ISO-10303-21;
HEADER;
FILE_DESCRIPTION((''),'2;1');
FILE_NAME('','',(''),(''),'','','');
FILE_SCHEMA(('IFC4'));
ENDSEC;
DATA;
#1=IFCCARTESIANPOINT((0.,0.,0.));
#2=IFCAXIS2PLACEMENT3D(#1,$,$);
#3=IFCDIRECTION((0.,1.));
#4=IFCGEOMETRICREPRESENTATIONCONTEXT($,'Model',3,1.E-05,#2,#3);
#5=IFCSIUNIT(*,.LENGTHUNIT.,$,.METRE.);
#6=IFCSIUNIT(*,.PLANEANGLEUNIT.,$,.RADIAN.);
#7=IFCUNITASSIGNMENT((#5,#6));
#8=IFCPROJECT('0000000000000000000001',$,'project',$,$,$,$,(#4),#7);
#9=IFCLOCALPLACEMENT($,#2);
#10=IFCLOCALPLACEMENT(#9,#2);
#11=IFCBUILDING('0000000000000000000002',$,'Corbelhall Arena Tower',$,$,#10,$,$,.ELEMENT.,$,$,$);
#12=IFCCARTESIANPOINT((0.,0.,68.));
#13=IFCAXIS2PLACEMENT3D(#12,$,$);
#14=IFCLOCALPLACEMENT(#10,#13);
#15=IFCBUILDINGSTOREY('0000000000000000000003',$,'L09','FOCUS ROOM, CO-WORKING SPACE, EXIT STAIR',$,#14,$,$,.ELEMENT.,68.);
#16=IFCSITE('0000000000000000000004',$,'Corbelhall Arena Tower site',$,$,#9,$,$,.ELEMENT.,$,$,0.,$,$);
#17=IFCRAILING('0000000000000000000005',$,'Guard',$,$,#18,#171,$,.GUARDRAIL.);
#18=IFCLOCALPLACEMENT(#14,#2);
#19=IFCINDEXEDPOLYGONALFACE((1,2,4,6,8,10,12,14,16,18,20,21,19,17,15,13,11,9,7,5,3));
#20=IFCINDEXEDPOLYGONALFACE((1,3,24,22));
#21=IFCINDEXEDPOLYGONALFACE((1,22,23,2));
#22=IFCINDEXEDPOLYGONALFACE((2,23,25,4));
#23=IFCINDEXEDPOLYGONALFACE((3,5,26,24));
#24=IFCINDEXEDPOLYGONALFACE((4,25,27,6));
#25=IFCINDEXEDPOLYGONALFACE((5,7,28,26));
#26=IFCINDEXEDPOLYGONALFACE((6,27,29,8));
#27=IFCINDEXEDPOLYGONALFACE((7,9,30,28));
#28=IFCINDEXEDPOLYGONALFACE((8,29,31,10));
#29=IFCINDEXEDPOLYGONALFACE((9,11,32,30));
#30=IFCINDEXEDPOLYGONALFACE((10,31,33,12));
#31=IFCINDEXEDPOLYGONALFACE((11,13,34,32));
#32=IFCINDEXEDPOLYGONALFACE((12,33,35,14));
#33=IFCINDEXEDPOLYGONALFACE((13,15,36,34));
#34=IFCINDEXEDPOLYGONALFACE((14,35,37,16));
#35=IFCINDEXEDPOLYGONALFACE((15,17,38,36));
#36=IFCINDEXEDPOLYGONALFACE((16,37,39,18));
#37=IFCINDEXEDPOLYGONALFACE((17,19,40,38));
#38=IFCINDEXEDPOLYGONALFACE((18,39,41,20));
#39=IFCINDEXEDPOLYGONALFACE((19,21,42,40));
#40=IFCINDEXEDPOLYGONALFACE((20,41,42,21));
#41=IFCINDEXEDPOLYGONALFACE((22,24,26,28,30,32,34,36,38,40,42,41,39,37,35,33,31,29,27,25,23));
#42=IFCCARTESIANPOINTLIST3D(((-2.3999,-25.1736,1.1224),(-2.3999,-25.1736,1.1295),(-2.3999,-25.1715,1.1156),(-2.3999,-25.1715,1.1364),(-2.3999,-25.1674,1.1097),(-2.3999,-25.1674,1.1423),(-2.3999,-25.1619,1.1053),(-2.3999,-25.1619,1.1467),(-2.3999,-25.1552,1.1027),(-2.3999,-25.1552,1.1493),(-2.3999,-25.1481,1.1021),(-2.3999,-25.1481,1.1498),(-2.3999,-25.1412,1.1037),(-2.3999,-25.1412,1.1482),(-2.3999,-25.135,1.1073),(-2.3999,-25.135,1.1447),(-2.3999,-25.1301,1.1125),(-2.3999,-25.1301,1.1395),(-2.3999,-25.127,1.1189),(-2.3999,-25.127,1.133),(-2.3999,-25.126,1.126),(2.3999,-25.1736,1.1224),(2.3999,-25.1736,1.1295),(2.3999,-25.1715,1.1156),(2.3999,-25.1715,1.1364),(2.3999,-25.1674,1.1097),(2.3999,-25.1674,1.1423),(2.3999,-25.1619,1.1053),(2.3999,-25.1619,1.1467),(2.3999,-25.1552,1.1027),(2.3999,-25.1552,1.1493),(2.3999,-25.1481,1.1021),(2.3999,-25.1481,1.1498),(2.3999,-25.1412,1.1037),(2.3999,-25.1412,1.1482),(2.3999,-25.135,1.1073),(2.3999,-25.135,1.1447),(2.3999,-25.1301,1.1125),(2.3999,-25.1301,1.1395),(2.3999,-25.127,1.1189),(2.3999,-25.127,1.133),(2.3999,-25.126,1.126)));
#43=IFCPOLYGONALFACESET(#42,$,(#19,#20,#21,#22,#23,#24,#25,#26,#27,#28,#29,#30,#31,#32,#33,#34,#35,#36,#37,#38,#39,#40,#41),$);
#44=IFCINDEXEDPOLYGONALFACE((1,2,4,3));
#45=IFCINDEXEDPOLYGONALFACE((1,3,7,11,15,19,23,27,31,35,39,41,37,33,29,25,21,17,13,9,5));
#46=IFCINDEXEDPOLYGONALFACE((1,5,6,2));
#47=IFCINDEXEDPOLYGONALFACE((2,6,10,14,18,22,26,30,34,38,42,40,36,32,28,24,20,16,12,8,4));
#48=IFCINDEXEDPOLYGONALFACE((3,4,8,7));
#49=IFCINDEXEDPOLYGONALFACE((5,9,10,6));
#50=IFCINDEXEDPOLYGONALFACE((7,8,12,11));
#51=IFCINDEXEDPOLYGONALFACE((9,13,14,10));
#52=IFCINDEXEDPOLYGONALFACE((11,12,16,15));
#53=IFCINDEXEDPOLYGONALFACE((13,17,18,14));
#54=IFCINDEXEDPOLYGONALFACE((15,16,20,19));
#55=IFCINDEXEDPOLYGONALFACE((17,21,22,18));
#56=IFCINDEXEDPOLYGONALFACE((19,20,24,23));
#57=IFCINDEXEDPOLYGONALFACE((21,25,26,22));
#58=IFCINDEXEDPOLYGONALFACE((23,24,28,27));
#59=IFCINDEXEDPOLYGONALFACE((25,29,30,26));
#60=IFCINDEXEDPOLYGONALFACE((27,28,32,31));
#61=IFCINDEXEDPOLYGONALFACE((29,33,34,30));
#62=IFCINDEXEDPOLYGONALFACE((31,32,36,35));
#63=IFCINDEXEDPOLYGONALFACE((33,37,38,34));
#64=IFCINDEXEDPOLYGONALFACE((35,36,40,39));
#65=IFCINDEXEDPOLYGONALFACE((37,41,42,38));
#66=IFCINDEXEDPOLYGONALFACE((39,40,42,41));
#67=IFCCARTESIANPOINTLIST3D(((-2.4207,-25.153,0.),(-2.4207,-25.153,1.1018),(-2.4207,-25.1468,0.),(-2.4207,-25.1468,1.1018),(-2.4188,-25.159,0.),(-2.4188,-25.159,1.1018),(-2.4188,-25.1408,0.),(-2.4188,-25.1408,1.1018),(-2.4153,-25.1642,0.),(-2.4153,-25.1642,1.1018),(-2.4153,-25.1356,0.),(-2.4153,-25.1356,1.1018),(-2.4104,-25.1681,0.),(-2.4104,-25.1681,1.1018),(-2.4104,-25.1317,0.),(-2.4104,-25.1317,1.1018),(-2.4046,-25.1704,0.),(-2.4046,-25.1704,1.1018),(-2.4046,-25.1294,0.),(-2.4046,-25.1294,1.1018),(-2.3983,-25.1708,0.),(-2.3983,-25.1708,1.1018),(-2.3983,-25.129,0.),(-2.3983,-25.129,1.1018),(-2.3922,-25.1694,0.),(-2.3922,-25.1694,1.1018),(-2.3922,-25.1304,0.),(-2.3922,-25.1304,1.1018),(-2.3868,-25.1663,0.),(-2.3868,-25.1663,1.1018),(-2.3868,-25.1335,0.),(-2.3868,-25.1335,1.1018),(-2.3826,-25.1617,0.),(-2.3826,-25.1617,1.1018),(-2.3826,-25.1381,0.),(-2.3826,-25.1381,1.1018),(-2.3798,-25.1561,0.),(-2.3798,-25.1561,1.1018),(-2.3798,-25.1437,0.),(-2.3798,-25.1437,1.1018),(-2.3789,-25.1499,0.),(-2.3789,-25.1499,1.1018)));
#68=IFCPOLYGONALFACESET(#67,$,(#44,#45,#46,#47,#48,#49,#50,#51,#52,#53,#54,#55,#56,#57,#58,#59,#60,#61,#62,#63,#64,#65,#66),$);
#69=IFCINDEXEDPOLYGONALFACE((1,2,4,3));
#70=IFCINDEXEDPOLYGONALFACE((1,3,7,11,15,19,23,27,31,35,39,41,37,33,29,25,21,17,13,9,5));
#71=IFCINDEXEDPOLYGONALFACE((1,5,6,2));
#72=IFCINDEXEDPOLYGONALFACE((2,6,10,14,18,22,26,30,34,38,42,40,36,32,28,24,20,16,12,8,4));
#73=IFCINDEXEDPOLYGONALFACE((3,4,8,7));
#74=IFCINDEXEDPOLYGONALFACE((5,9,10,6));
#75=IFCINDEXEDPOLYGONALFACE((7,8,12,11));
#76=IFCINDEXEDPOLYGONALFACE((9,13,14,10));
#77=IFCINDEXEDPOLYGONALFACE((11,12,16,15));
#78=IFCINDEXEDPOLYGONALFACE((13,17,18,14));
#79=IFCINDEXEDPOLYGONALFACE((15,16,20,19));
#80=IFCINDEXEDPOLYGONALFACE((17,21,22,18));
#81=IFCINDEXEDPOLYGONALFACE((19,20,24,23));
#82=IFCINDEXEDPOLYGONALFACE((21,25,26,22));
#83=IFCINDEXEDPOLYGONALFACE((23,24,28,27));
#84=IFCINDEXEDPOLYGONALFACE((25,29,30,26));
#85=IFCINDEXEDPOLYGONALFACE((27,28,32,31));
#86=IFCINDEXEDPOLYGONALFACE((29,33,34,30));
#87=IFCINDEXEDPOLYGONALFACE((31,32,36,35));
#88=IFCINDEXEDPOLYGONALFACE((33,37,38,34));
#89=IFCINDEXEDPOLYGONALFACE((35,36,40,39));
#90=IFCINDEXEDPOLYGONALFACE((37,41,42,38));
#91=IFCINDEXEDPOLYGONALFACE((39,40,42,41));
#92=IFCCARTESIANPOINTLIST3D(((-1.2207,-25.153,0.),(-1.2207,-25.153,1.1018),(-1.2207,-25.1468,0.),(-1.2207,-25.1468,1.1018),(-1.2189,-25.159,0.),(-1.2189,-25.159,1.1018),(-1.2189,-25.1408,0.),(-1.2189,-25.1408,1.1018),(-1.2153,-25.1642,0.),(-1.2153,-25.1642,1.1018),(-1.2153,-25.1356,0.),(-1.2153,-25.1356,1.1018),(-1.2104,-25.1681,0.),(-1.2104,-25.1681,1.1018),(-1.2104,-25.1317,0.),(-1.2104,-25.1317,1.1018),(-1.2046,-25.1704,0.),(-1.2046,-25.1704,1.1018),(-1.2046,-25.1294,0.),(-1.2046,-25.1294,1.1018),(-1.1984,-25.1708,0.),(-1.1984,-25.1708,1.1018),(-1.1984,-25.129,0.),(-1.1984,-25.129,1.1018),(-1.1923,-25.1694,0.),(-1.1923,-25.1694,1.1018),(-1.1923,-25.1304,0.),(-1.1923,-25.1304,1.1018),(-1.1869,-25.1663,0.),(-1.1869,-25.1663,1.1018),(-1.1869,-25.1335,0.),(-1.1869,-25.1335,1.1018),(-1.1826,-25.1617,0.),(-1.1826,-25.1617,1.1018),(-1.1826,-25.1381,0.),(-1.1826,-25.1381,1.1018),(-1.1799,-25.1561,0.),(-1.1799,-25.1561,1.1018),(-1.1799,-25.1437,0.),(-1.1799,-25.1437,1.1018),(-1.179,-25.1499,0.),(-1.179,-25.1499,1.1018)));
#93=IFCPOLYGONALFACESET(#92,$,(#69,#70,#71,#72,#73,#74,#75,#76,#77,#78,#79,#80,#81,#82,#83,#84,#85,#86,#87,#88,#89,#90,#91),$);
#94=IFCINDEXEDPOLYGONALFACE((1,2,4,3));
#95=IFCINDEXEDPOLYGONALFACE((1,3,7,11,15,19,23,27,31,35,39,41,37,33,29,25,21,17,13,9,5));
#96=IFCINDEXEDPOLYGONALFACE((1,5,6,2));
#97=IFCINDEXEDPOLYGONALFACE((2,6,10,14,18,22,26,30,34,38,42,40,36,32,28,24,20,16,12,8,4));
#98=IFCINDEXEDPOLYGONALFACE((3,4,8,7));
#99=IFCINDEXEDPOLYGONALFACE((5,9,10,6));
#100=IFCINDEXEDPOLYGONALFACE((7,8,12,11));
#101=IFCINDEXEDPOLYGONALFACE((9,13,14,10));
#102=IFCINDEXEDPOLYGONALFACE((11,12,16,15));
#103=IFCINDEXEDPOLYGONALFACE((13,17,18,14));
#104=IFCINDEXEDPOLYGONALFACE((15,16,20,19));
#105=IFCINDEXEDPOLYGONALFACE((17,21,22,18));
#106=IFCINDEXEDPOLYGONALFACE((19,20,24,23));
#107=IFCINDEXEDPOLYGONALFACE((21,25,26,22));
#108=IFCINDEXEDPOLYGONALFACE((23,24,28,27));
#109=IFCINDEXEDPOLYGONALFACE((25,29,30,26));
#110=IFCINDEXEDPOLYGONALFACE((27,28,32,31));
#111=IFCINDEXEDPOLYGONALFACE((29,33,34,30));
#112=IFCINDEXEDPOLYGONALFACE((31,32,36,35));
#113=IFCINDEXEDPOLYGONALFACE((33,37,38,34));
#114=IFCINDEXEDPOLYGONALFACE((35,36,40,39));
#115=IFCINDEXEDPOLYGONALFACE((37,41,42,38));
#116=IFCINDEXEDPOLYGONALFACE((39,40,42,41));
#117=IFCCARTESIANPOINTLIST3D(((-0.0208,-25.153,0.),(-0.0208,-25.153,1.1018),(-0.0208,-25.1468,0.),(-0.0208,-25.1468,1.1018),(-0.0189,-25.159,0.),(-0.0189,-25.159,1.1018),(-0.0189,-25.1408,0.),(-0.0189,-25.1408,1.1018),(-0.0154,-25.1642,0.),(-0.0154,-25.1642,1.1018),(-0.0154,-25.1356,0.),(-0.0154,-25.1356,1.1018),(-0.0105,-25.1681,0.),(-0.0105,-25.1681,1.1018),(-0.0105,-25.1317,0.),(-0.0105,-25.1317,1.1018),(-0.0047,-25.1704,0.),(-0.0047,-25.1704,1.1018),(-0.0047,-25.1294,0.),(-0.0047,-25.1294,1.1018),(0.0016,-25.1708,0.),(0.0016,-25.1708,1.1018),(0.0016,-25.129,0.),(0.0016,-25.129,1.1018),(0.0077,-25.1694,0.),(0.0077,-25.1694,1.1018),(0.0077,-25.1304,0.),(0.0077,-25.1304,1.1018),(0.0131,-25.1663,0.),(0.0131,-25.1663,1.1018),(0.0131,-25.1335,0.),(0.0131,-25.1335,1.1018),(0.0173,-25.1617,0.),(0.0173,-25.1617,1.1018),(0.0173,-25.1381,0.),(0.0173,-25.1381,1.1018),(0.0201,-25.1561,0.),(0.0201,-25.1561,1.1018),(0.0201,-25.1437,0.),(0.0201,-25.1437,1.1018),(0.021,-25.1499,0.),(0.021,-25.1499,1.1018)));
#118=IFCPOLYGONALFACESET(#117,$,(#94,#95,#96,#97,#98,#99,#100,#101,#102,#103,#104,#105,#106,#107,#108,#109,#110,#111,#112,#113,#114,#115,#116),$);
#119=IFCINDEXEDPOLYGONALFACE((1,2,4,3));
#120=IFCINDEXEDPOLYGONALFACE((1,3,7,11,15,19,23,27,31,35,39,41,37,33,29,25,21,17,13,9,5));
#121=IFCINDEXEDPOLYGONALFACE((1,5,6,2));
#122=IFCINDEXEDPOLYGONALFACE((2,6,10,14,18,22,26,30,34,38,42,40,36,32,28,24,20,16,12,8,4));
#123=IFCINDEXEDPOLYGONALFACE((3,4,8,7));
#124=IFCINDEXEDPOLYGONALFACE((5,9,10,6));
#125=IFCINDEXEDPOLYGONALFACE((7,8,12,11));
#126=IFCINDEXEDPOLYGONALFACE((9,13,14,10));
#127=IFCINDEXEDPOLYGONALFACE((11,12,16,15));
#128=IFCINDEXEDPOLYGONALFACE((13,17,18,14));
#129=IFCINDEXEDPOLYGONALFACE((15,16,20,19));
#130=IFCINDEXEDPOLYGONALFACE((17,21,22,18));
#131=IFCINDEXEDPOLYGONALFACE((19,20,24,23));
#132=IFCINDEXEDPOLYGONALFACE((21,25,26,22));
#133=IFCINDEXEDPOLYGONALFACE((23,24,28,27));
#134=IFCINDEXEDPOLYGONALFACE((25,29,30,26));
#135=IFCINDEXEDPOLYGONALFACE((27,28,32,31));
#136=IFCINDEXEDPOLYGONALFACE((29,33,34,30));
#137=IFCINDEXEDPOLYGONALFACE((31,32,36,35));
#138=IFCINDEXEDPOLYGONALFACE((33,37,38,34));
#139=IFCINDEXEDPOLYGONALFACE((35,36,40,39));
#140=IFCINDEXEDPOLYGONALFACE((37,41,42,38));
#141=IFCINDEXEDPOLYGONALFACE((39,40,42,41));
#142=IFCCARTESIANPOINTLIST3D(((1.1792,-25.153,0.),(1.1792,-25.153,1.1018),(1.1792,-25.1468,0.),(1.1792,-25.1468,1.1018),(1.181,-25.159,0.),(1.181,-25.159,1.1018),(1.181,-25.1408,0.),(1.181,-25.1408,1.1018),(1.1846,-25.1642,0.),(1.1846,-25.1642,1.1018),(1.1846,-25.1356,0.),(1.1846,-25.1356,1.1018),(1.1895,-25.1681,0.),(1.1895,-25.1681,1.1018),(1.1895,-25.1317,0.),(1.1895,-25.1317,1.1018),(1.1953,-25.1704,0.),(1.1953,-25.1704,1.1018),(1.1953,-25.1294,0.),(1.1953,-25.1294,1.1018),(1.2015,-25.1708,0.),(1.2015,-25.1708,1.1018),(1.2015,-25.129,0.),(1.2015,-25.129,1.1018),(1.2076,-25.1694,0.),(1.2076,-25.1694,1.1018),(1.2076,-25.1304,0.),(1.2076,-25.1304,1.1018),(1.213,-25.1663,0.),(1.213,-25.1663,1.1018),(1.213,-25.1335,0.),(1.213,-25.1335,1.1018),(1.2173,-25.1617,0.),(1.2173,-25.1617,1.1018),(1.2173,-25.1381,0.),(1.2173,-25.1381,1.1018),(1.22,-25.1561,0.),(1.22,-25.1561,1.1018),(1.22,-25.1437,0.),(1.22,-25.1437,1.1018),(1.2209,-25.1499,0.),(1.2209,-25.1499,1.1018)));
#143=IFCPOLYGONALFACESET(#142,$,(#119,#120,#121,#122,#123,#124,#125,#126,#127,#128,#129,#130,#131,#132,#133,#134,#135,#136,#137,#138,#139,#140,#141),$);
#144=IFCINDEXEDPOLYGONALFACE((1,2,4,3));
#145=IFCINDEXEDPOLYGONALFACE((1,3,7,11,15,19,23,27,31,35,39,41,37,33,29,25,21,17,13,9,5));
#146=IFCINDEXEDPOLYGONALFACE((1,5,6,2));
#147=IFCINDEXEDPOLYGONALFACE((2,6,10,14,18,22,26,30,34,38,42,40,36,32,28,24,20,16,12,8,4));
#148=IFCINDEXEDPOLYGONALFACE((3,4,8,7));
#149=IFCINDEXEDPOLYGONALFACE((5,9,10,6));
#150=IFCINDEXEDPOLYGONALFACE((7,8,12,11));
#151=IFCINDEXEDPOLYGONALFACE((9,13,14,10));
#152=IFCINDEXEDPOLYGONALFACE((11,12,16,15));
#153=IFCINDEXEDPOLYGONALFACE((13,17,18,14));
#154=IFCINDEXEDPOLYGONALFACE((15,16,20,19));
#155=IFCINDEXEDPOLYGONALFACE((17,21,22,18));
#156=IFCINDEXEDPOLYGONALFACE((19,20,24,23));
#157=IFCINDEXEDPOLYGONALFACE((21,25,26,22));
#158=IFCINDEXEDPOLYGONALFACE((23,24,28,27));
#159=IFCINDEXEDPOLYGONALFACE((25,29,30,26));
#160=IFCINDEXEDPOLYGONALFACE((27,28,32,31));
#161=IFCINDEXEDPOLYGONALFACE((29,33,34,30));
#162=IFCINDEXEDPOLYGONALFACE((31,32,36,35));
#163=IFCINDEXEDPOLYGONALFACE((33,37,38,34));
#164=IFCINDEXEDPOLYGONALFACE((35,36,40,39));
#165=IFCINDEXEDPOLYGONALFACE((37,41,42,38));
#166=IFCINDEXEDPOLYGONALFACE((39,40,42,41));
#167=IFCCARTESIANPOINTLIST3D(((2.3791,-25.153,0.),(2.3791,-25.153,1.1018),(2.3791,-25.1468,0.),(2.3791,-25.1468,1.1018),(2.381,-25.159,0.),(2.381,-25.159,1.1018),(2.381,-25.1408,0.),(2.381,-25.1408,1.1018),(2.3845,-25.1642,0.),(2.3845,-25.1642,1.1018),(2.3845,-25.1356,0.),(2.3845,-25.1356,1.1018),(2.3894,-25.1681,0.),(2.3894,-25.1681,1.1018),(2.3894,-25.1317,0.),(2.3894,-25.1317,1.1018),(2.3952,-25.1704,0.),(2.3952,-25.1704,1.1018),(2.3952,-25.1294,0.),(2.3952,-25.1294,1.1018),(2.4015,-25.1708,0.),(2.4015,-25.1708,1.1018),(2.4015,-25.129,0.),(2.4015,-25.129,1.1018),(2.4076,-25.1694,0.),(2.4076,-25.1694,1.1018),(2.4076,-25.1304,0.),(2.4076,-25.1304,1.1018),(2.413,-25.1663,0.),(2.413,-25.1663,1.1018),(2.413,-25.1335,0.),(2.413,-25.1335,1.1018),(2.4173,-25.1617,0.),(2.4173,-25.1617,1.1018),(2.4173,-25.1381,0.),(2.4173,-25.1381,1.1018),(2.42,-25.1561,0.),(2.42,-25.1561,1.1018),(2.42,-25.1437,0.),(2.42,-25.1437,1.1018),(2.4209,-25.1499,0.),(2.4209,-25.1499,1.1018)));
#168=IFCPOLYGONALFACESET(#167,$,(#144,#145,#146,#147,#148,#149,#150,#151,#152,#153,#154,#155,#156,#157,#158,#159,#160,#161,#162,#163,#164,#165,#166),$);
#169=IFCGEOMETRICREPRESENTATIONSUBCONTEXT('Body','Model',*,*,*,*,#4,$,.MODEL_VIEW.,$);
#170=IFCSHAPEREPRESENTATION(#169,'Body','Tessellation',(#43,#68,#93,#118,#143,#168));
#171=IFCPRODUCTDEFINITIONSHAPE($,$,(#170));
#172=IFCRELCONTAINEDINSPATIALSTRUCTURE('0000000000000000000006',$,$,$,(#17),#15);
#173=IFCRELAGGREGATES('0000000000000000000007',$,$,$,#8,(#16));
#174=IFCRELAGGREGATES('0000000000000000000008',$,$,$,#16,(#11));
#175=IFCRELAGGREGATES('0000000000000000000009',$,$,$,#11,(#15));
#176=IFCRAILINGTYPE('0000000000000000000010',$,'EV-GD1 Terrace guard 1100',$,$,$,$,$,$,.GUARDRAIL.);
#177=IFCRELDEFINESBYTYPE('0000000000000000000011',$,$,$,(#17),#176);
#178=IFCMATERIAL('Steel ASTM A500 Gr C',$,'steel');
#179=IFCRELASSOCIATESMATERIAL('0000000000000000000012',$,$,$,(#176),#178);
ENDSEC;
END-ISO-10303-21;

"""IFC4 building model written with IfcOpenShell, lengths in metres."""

from ifc_helpers import new_model, si_unit, direction, frame, origin, origin_2d, place, context, subcontext, project, spatial, circle, extrude, material, type_object, element, save


model = new_model("IFC4")

# Units and contexts
model_context = context("Model", 3, precision=1e-05, world=origin(), true_north=direction((0.0, 1.0)))
body_context = subcontext(model_context, "Body", "Model", "MODEL_VIEW")
ifc_project = project(units=[si_unit("LENGTHUNIT", "METRE"), si_unit("PLANEANGLEUNIT", "RADIAN")], contexts=[model_context])

# Site, building, storey
site_placement = place(None, origin())
site = spatial("IfcSite", under=ifc_project, at=site_placement, Name="Corbelhall Arena Tower site", CompositionType="ELEMENT", RefElevation=0.0)
building_placement = place(site_placement, origin())
building = spatial("IfcBuilding", under=site, at=building_placement, Name="Corbelhall Arena Tower", CompositionType="ELEMENT")
storey_placement = place(building_placement, frame((0.0, 0.0, 68.0)))
storey = spatial("IfcBuildingStorey", under=building, at=storey_placement, Name="L09", Description="FOCUS ROOM, CO-WORKING SPACE, EXIT STAIR", CompositionType="ELEMENT", Elevation=68.0)

# Railing
ifc_material_1 = material(Name="Steel ASTM A500 Gr C", Category="steel")
railing_type = type_object("IfcRailingType", Name="EV-GD1 Terrace guard 1100", PredefinedType="GUARDRAIL", material=ifc_material_1)
railing_placement = place(storey_placement, frame((-2.3999, -25.1499, 0.0)))
element("IfcRailing", 1, at=railing_placement, inside=storey, type_object=railing_type, Name="Guard", PredefinedType="GUARDRAIL", context=body_context, shape_type="SweptSolid", body=[
    extrude(circle(Radius=0.0239, at=origin_2d()), frame((0.0, 0.0, 1.126), z_axis=(1.0, 0.0, 0.0), x_axis=(0.0, 1.0, 0.0)), (0.0, 0.0, 1.0), 4.7998),
    extrude(circle(Radius=0.021, at=origin_2d()), origin(), (0.0, 0.0, 1.0), 1.1018),
    extrude(circle(Radius=0.021, at=origin_2d()), frame((1.2, 0.0, 0.0)), (0.0, 0.0, 1.0), 1.1018),
    extrude(circle(Radius=0.021, at=origin_2d()), frame((2.3999, 0.0, 0.0)), (0.0, 0.0, 1.0), 1.1018),
    extrude(circle(Radius=0.021, at=origin_2d()), frame((3.5999, 0.0, 0.0)), (0.0, 0.0, 1.0), 1.1018),
    extrude(circle(Radius=0.021, at=origin_2d()), frame((4.7998, 0.0, 0.0)), (0.0, 0.0, 1.0), 1.1018),
])

save(model, "model.ifc")
